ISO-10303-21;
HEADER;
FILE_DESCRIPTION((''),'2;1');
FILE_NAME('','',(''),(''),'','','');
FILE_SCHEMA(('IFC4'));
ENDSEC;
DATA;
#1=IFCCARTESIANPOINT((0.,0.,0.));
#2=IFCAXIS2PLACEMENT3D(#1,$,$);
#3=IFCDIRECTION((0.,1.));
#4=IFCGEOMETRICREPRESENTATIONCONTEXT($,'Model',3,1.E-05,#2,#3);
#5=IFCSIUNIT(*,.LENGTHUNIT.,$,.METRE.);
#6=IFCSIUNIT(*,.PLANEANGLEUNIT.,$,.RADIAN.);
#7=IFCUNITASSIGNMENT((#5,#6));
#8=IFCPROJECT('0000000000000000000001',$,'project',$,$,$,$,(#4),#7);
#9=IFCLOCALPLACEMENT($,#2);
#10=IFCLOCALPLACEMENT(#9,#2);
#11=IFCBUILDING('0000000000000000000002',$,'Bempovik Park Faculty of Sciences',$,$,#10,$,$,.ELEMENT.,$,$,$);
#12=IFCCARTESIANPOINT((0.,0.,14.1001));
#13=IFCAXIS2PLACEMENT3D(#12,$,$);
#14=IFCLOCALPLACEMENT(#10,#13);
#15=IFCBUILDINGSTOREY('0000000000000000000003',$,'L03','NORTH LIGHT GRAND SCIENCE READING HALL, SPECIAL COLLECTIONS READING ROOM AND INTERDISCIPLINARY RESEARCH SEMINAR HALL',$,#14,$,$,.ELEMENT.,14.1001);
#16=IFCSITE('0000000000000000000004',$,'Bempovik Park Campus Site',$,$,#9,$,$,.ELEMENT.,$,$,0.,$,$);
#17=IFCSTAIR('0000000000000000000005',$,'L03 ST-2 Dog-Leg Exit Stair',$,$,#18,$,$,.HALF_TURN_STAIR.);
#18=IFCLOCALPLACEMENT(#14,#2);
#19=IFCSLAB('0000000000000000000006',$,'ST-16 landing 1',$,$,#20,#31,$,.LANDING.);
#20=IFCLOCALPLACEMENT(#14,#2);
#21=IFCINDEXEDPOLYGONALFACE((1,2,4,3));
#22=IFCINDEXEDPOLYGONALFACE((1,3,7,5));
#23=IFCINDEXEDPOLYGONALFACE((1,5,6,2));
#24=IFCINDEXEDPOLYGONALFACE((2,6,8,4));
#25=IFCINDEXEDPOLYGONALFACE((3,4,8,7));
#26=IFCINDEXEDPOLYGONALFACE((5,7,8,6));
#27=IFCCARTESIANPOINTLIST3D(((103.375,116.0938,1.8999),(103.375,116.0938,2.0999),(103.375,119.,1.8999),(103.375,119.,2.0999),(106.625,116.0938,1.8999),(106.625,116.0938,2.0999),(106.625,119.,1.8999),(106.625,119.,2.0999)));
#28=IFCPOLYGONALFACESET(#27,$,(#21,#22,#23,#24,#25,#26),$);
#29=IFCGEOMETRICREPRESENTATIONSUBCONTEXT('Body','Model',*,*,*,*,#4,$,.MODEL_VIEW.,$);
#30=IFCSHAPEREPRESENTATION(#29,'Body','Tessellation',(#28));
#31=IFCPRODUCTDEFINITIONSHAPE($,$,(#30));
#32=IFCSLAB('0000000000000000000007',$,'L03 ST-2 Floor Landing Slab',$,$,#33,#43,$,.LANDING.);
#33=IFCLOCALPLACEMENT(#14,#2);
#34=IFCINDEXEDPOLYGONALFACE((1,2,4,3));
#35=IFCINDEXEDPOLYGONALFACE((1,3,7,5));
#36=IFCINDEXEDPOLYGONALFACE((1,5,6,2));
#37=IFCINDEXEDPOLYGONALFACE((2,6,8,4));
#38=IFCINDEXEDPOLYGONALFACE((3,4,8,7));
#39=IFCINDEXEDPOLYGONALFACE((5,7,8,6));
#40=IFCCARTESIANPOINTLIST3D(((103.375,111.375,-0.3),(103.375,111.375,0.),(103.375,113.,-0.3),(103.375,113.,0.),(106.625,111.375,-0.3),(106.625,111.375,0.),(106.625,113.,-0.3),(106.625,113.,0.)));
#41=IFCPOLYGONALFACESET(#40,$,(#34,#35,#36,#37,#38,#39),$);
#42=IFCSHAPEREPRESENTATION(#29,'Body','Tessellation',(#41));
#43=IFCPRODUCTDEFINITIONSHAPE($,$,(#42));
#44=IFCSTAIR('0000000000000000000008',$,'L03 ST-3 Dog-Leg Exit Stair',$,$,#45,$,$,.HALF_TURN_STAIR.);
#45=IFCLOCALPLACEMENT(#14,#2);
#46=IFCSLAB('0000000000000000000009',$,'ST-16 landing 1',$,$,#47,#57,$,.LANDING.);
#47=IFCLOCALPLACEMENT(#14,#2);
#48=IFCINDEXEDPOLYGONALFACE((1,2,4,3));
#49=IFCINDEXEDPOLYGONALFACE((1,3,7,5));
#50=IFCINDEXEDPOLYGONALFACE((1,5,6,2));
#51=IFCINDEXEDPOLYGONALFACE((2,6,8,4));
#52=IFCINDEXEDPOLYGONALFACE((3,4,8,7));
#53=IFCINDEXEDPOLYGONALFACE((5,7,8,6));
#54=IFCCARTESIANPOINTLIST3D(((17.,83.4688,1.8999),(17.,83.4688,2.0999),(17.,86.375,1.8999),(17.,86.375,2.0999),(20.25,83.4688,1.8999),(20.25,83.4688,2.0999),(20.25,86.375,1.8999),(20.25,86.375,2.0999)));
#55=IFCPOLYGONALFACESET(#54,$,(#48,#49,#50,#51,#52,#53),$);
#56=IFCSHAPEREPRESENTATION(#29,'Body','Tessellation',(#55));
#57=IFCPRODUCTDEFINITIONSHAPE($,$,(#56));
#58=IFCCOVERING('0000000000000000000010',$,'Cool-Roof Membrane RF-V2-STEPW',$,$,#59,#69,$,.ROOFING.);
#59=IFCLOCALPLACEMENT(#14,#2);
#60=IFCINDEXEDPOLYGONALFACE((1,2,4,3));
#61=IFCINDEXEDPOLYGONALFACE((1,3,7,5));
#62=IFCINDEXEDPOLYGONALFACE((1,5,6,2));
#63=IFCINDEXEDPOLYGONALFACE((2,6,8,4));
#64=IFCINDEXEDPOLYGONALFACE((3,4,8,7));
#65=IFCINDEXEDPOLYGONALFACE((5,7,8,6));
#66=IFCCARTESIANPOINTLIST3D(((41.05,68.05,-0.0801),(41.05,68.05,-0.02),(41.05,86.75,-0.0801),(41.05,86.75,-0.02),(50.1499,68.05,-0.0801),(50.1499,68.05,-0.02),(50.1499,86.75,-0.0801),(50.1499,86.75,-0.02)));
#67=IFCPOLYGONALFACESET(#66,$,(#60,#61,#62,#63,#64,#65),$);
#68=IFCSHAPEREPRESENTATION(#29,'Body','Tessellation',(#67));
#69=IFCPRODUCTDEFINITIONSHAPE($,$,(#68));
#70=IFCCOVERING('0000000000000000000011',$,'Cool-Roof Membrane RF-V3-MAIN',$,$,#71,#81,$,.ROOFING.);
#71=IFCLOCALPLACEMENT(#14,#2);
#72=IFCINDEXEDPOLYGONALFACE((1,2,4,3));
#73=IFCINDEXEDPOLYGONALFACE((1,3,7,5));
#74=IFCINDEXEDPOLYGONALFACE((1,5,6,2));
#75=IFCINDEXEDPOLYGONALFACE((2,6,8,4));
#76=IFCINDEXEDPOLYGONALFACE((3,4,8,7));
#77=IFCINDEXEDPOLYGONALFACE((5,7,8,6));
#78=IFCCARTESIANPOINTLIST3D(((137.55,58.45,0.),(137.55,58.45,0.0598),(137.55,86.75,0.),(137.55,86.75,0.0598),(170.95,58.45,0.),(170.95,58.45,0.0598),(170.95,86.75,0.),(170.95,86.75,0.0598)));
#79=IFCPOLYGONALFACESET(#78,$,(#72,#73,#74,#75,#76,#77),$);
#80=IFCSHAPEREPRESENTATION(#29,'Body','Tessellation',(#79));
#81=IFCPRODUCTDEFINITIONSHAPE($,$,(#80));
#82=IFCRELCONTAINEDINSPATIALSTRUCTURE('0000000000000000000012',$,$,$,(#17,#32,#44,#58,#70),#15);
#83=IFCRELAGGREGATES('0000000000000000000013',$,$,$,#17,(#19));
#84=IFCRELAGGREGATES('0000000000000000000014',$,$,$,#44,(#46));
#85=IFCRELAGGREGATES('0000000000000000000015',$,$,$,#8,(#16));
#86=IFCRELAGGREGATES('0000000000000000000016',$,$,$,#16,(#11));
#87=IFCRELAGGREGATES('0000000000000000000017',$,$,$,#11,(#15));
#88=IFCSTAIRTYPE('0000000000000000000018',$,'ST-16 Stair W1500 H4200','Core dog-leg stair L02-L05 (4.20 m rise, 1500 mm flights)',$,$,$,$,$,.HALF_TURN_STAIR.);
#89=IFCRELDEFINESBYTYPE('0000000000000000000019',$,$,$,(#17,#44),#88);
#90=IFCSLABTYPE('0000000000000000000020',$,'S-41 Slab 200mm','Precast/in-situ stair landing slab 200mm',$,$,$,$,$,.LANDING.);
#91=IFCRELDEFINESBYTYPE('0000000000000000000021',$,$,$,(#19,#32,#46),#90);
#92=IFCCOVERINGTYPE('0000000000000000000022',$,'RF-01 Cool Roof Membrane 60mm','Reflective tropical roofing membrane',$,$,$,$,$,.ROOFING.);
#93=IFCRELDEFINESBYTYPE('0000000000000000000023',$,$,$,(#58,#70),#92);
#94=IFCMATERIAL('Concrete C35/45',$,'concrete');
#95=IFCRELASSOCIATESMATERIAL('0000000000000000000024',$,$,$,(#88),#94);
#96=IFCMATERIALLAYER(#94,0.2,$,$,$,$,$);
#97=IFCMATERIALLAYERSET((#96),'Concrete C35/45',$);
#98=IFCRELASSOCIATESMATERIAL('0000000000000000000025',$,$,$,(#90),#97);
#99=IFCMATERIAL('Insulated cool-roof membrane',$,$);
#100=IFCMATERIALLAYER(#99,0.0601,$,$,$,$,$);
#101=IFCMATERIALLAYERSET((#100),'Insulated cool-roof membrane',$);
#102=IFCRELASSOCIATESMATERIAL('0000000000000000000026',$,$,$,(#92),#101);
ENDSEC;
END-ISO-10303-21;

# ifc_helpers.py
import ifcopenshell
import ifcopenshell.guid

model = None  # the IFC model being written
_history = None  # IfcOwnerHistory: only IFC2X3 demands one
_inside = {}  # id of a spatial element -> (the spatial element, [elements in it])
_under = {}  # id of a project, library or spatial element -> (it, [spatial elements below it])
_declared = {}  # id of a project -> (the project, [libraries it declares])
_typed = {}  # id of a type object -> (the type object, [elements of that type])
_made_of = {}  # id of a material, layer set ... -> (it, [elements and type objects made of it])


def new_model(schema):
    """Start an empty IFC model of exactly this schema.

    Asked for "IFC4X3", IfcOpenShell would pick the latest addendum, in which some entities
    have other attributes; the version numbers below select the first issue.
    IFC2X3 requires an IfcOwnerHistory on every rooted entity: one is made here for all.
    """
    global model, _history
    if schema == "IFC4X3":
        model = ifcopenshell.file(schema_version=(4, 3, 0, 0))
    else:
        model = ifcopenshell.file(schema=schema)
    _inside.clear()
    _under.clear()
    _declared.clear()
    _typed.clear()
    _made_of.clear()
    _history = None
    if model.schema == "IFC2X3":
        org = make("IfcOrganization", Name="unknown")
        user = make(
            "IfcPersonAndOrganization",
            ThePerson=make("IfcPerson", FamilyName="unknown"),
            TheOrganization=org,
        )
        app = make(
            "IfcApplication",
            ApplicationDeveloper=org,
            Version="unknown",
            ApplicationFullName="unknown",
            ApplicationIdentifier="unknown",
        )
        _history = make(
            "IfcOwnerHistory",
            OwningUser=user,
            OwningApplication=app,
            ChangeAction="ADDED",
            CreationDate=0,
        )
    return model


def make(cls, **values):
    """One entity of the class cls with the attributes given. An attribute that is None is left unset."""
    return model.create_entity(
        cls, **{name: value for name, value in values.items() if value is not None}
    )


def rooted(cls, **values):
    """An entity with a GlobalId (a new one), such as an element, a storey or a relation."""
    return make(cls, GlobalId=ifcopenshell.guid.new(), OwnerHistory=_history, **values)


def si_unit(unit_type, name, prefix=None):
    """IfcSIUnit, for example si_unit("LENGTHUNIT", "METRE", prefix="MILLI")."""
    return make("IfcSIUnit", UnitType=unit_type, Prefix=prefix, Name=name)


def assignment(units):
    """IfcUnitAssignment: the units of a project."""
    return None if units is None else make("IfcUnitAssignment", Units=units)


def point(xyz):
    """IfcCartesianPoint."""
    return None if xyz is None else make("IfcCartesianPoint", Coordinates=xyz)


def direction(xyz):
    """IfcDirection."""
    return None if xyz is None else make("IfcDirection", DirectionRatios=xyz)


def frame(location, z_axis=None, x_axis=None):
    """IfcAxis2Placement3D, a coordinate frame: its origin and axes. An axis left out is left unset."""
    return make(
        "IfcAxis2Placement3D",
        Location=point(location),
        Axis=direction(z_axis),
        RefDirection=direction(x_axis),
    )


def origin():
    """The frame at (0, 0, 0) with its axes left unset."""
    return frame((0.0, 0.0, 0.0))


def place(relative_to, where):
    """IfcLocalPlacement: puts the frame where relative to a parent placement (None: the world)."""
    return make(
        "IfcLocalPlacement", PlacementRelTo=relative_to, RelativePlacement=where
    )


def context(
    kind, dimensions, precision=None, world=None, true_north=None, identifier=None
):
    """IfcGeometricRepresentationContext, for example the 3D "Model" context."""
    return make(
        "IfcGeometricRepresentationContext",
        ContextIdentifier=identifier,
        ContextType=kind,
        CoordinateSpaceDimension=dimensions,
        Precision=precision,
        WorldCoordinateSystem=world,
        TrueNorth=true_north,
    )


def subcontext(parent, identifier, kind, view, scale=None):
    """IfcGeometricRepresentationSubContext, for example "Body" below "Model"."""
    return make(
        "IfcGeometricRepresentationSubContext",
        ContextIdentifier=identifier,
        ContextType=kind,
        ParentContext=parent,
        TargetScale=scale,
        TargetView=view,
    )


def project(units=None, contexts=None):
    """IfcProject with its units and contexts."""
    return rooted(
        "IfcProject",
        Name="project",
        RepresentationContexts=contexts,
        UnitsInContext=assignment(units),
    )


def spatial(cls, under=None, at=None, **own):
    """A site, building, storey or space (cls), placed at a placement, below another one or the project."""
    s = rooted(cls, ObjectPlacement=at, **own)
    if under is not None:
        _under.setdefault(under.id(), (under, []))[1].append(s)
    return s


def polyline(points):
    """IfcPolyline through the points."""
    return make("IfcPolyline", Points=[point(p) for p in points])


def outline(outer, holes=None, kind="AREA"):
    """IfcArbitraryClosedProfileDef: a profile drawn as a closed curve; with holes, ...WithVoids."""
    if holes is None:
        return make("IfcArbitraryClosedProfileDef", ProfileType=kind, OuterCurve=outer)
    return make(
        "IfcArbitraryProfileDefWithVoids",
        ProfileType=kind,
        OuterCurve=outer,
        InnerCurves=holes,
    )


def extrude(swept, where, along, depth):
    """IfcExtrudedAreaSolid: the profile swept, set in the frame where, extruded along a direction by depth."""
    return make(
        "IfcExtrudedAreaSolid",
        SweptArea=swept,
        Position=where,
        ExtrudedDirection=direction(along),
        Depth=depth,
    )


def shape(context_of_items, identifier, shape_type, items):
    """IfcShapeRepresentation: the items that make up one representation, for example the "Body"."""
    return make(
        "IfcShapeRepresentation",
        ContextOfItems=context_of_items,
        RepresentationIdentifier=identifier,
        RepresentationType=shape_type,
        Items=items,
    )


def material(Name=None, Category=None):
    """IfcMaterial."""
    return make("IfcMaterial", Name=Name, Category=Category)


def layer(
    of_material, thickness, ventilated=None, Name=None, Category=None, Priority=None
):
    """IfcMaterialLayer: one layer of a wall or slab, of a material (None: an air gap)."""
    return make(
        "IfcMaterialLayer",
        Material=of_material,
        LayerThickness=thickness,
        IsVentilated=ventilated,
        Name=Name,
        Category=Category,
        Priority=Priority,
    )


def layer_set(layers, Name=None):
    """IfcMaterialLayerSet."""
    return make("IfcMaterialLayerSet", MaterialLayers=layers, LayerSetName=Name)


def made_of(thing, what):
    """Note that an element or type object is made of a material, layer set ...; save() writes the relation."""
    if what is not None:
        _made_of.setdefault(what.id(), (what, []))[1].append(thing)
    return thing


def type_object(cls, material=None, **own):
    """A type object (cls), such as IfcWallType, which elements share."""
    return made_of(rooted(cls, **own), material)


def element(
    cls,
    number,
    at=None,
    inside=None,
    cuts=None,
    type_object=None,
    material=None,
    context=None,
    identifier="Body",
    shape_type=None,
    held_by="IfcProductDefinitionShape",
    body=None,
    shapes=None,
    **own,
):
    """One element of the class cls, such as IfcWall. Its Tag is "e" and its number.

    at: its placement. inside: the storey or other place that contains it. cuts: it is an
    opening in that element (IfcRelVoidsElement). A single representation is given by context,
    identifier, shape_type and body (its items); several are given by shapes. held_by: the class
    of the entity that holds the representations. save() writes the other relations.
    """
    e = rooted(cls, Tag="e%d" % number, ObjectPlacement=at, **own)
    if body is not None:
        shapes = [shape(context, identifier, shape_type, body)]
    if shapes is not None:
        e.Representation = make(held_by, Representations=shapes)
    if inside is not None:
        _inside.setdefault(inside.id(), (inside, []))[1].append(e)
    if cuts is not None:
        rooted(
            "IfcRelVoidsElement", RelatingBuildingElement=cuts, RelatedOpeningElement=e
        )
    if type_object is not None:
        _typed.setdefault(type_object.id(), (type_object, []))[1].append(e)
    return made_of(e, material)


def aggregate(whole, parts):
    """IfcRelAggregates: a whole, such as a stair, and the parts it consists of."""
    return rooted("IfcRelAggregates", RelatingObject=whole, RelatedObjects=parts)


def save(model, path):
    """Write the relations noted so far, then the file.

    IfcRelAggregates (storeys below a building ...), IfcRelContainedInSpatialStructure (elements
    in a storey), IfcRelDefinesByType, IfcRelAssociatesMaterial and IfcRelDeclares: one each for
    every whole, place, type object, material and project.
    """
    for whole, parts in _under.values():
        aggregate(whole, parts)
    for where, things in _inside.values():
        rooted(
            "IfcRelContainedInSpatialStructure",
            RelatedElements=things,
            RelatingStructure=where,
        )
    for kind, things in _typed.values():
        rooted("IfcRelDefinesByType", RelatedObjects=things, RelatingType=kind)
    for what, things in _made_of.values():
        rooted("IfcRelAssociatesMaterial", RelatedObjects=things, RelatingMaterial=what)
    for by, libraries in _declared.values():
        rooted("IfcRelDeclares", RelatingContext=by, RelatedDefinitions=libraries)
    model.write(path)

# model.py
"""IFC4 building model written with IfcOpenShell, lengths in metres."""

from ifc_helpers import new_model, si_unit, direction, frame, origin, place, context, subcontext, project, spatial, polyline, outline, extrude, material, layer, layer_set, type_object, element, aggregate, save


model = new_model("IFC4")

# Units and contexts
model_context = context("Model", 3, precision=1e-05, world=origin(), true_north=direction((0.0, 1.0)))
body_context = subcontext(model_context, "Body", "Model", "MODEL_VIEW")
ifc_project = project(units=[si_unit("LENGTHUNIT", "METRE"), si_unit("PLANEANGLEUNIT", "RADIAN")], contexts=[model_context])

# Site, building, storey
site_placement = place(None, origin())
site = spatial("IfcSite", under=ifc_project, at=site_placement, Name="Bempovik Park Campus Site", CompositionType="ELEMENT", RefElevation=0.0)
building_placement = place(site_placement, origin())
building = spatial("IfcBuilding", under=site, at=building_placement, Name="Bempovik Park Faculty of Sciences", CompositionType="ELEMENT")
storey_placement = place(building_placement, frame((0.0, 0.0, 14.1001)))
storey = spatial("IfcBuildingStorey", under=building, at=storey_placement, Name="L03", Description="NORTH LIGHT GRAND SCIENCE READING HALL, SPECIAL COLLECTIONS READING ROOM AND INTERDISCIPLINARY RESEARCH SEMINAR HALL", CompositionType="ELEMENT", Elevation=14.1001)

# Shared definitions
ifc_material_1 = material(Name="Concrete C35/45", Category="concrete")

# Shared definitions
stair_type = type_object("IfcStairType", Name="ST-16 Stair W1500 H4200", Description="Core dog-leg stair L02-L05 (4.20 m rise, 1500 mm flights)", PredefinedType="HALF_TURN_STAIR", material=ifc_material_1)
ifc_layer_1 = layer(ifc_material_1, 0.2)
ifc_layer_set_1 = layer_set([ifc_layer_1], Name="Concrete C35/45")
slab_type_1 = type_object("IfcSlabType", Name="S-41 Slab 200mm", Description="Precast/in-situ stair landing slab 200mm", PredefinedType="LANDING", material=ifc_layer_set_1)

# Stair, slab
stair_1_placement = place(storey_placement, origin())
stair_1 = element("IfcStair", 1, at=stair_1_placement, inside=storey, type_object=stair_type, Name="L03 ST-2 Dog-Leg Exit Stair", PredefinedType="HALF_TURN_STAIR")
slab_1_placement = place(storey_placement, frame((0.0, 0.0, 1.8999)))
slab_1 = element("IfcSlab", 2, at=slab_1_placement, type_object=slab_type_1, Name="ST-16 landing 1", PredefinedType="LANDING", context=body_context, shape_type="SweptSolid", body=[
    extrude(outline(polyline([(106.625, 116.0938), (106.625, 119.0), (103.375, 119.0), (103.375, 116.0938), (106.625, 116.0938)])), origin(), (0.0, 0.0, 1.0), 0.2),
])
aggregate(stair_1, [slab_1])

# Slab
slab_2_placement = place(storey_placement, frame((0.0, 0.0, -0.3)))
element("IfcSlab", 3, at=slab_2_placement, inside=storey, type_object=slab_type_1, Name="L03 ST-2 Floor Landing Slab", PredefinedType="LANDING", context=body_context, shape_type="SweptSolid", body=[
    extrude(outline(polyline([(106.625, 111.375), (106.625, 113.0), (103.375, 113.0), (103.375, 111.375), (106.625, 111.375)])), origin(), (0.0, 0.0, 1.0), 0.3),
])

# Stair, slab
stair_2_placement = place(storey_placement, origin())
stair_2 = element("IfcStair", 4, at=stair_2_placement, inside=storey, type_object=stair_type, Name="L03 ST-3 Dog-Leg Exit Stair", PredefinedType="HALF_TURN_STAIR")
slab_3_placement = place(storey_placement, frame((0.0, 0.0, 1.8999)))
slab_3 = element("IfcSlab", 5, at=slab_3_placement, type_object=slab_type_1, Name="ST-16 landing 1", PredefinedType="LANDING", context=body_context, shape_type="SweptSolid", body=[
    extrude(outline(polyline([(20.25, 83.4688), (20.25, 86.375), (17.0, 86.375), (17.0, 83.4688), (20.25, 83.4688)])), origin(), (0.0, 0.0, 1.0), 0.2),
])
aggregate(stair_2, [slab_3])

# Coverings
ifc_material_2 = material(Name="Insulated cool-roof membrane")
ifc_layer_2 = layer(ifc_material_2, 0.0601)
ifc_layer_set_2 = layer_set([ifc_layer_2], Name="Insulated cool-roof membrane")
covering_type = type_object("IfcCoveringType", Name="RF-01 Cool Roof Membrane 60mm", Description="Reflective tropical roofing membrane", PredefinedType="ROOFING", material=ifc_layer_set_2)
covering_1_placement = place(storey_placement, frame((0.0, 0.0, -0.0801)))
element("IfcCovering", 6, at=covering_1_placement, inside=storey, type_object=covering_type, Name="Cool-Roof Membrane RF-V2-STEPW", PredefinedType="ROOFING", context=body_context, shape_type="SweptSolid", body=[
    extrude(outline(polyline([(41.05, 68.05), (50.1499, 68.05), (50.1499, 86.75), (41.05, 86.75), (41.05, 68.05)])), origin(), (0.0, 0.0, 1.0), 0.0601),
])
covering_2_placement = place(storey_placement, origin())
element("IfcCovering", 7, at=covering_2_placement, inside=storey, type_object=covering_type, Name="Cool-Roof Membrane RF-V3-MAIN", PredefinedType="ROOFING", context=body_context, shape_type="SweptSolid", body=[
    extrude(outline(polyline([(137.55, 58.45), (170.95, 58.45), (170.95, 86.75), (137.55, 86.75), (137.55, 58.45)])), origin(), (0.0, 0.0, 1.0), 0.0598),
])

save(model, "model.ifc")
